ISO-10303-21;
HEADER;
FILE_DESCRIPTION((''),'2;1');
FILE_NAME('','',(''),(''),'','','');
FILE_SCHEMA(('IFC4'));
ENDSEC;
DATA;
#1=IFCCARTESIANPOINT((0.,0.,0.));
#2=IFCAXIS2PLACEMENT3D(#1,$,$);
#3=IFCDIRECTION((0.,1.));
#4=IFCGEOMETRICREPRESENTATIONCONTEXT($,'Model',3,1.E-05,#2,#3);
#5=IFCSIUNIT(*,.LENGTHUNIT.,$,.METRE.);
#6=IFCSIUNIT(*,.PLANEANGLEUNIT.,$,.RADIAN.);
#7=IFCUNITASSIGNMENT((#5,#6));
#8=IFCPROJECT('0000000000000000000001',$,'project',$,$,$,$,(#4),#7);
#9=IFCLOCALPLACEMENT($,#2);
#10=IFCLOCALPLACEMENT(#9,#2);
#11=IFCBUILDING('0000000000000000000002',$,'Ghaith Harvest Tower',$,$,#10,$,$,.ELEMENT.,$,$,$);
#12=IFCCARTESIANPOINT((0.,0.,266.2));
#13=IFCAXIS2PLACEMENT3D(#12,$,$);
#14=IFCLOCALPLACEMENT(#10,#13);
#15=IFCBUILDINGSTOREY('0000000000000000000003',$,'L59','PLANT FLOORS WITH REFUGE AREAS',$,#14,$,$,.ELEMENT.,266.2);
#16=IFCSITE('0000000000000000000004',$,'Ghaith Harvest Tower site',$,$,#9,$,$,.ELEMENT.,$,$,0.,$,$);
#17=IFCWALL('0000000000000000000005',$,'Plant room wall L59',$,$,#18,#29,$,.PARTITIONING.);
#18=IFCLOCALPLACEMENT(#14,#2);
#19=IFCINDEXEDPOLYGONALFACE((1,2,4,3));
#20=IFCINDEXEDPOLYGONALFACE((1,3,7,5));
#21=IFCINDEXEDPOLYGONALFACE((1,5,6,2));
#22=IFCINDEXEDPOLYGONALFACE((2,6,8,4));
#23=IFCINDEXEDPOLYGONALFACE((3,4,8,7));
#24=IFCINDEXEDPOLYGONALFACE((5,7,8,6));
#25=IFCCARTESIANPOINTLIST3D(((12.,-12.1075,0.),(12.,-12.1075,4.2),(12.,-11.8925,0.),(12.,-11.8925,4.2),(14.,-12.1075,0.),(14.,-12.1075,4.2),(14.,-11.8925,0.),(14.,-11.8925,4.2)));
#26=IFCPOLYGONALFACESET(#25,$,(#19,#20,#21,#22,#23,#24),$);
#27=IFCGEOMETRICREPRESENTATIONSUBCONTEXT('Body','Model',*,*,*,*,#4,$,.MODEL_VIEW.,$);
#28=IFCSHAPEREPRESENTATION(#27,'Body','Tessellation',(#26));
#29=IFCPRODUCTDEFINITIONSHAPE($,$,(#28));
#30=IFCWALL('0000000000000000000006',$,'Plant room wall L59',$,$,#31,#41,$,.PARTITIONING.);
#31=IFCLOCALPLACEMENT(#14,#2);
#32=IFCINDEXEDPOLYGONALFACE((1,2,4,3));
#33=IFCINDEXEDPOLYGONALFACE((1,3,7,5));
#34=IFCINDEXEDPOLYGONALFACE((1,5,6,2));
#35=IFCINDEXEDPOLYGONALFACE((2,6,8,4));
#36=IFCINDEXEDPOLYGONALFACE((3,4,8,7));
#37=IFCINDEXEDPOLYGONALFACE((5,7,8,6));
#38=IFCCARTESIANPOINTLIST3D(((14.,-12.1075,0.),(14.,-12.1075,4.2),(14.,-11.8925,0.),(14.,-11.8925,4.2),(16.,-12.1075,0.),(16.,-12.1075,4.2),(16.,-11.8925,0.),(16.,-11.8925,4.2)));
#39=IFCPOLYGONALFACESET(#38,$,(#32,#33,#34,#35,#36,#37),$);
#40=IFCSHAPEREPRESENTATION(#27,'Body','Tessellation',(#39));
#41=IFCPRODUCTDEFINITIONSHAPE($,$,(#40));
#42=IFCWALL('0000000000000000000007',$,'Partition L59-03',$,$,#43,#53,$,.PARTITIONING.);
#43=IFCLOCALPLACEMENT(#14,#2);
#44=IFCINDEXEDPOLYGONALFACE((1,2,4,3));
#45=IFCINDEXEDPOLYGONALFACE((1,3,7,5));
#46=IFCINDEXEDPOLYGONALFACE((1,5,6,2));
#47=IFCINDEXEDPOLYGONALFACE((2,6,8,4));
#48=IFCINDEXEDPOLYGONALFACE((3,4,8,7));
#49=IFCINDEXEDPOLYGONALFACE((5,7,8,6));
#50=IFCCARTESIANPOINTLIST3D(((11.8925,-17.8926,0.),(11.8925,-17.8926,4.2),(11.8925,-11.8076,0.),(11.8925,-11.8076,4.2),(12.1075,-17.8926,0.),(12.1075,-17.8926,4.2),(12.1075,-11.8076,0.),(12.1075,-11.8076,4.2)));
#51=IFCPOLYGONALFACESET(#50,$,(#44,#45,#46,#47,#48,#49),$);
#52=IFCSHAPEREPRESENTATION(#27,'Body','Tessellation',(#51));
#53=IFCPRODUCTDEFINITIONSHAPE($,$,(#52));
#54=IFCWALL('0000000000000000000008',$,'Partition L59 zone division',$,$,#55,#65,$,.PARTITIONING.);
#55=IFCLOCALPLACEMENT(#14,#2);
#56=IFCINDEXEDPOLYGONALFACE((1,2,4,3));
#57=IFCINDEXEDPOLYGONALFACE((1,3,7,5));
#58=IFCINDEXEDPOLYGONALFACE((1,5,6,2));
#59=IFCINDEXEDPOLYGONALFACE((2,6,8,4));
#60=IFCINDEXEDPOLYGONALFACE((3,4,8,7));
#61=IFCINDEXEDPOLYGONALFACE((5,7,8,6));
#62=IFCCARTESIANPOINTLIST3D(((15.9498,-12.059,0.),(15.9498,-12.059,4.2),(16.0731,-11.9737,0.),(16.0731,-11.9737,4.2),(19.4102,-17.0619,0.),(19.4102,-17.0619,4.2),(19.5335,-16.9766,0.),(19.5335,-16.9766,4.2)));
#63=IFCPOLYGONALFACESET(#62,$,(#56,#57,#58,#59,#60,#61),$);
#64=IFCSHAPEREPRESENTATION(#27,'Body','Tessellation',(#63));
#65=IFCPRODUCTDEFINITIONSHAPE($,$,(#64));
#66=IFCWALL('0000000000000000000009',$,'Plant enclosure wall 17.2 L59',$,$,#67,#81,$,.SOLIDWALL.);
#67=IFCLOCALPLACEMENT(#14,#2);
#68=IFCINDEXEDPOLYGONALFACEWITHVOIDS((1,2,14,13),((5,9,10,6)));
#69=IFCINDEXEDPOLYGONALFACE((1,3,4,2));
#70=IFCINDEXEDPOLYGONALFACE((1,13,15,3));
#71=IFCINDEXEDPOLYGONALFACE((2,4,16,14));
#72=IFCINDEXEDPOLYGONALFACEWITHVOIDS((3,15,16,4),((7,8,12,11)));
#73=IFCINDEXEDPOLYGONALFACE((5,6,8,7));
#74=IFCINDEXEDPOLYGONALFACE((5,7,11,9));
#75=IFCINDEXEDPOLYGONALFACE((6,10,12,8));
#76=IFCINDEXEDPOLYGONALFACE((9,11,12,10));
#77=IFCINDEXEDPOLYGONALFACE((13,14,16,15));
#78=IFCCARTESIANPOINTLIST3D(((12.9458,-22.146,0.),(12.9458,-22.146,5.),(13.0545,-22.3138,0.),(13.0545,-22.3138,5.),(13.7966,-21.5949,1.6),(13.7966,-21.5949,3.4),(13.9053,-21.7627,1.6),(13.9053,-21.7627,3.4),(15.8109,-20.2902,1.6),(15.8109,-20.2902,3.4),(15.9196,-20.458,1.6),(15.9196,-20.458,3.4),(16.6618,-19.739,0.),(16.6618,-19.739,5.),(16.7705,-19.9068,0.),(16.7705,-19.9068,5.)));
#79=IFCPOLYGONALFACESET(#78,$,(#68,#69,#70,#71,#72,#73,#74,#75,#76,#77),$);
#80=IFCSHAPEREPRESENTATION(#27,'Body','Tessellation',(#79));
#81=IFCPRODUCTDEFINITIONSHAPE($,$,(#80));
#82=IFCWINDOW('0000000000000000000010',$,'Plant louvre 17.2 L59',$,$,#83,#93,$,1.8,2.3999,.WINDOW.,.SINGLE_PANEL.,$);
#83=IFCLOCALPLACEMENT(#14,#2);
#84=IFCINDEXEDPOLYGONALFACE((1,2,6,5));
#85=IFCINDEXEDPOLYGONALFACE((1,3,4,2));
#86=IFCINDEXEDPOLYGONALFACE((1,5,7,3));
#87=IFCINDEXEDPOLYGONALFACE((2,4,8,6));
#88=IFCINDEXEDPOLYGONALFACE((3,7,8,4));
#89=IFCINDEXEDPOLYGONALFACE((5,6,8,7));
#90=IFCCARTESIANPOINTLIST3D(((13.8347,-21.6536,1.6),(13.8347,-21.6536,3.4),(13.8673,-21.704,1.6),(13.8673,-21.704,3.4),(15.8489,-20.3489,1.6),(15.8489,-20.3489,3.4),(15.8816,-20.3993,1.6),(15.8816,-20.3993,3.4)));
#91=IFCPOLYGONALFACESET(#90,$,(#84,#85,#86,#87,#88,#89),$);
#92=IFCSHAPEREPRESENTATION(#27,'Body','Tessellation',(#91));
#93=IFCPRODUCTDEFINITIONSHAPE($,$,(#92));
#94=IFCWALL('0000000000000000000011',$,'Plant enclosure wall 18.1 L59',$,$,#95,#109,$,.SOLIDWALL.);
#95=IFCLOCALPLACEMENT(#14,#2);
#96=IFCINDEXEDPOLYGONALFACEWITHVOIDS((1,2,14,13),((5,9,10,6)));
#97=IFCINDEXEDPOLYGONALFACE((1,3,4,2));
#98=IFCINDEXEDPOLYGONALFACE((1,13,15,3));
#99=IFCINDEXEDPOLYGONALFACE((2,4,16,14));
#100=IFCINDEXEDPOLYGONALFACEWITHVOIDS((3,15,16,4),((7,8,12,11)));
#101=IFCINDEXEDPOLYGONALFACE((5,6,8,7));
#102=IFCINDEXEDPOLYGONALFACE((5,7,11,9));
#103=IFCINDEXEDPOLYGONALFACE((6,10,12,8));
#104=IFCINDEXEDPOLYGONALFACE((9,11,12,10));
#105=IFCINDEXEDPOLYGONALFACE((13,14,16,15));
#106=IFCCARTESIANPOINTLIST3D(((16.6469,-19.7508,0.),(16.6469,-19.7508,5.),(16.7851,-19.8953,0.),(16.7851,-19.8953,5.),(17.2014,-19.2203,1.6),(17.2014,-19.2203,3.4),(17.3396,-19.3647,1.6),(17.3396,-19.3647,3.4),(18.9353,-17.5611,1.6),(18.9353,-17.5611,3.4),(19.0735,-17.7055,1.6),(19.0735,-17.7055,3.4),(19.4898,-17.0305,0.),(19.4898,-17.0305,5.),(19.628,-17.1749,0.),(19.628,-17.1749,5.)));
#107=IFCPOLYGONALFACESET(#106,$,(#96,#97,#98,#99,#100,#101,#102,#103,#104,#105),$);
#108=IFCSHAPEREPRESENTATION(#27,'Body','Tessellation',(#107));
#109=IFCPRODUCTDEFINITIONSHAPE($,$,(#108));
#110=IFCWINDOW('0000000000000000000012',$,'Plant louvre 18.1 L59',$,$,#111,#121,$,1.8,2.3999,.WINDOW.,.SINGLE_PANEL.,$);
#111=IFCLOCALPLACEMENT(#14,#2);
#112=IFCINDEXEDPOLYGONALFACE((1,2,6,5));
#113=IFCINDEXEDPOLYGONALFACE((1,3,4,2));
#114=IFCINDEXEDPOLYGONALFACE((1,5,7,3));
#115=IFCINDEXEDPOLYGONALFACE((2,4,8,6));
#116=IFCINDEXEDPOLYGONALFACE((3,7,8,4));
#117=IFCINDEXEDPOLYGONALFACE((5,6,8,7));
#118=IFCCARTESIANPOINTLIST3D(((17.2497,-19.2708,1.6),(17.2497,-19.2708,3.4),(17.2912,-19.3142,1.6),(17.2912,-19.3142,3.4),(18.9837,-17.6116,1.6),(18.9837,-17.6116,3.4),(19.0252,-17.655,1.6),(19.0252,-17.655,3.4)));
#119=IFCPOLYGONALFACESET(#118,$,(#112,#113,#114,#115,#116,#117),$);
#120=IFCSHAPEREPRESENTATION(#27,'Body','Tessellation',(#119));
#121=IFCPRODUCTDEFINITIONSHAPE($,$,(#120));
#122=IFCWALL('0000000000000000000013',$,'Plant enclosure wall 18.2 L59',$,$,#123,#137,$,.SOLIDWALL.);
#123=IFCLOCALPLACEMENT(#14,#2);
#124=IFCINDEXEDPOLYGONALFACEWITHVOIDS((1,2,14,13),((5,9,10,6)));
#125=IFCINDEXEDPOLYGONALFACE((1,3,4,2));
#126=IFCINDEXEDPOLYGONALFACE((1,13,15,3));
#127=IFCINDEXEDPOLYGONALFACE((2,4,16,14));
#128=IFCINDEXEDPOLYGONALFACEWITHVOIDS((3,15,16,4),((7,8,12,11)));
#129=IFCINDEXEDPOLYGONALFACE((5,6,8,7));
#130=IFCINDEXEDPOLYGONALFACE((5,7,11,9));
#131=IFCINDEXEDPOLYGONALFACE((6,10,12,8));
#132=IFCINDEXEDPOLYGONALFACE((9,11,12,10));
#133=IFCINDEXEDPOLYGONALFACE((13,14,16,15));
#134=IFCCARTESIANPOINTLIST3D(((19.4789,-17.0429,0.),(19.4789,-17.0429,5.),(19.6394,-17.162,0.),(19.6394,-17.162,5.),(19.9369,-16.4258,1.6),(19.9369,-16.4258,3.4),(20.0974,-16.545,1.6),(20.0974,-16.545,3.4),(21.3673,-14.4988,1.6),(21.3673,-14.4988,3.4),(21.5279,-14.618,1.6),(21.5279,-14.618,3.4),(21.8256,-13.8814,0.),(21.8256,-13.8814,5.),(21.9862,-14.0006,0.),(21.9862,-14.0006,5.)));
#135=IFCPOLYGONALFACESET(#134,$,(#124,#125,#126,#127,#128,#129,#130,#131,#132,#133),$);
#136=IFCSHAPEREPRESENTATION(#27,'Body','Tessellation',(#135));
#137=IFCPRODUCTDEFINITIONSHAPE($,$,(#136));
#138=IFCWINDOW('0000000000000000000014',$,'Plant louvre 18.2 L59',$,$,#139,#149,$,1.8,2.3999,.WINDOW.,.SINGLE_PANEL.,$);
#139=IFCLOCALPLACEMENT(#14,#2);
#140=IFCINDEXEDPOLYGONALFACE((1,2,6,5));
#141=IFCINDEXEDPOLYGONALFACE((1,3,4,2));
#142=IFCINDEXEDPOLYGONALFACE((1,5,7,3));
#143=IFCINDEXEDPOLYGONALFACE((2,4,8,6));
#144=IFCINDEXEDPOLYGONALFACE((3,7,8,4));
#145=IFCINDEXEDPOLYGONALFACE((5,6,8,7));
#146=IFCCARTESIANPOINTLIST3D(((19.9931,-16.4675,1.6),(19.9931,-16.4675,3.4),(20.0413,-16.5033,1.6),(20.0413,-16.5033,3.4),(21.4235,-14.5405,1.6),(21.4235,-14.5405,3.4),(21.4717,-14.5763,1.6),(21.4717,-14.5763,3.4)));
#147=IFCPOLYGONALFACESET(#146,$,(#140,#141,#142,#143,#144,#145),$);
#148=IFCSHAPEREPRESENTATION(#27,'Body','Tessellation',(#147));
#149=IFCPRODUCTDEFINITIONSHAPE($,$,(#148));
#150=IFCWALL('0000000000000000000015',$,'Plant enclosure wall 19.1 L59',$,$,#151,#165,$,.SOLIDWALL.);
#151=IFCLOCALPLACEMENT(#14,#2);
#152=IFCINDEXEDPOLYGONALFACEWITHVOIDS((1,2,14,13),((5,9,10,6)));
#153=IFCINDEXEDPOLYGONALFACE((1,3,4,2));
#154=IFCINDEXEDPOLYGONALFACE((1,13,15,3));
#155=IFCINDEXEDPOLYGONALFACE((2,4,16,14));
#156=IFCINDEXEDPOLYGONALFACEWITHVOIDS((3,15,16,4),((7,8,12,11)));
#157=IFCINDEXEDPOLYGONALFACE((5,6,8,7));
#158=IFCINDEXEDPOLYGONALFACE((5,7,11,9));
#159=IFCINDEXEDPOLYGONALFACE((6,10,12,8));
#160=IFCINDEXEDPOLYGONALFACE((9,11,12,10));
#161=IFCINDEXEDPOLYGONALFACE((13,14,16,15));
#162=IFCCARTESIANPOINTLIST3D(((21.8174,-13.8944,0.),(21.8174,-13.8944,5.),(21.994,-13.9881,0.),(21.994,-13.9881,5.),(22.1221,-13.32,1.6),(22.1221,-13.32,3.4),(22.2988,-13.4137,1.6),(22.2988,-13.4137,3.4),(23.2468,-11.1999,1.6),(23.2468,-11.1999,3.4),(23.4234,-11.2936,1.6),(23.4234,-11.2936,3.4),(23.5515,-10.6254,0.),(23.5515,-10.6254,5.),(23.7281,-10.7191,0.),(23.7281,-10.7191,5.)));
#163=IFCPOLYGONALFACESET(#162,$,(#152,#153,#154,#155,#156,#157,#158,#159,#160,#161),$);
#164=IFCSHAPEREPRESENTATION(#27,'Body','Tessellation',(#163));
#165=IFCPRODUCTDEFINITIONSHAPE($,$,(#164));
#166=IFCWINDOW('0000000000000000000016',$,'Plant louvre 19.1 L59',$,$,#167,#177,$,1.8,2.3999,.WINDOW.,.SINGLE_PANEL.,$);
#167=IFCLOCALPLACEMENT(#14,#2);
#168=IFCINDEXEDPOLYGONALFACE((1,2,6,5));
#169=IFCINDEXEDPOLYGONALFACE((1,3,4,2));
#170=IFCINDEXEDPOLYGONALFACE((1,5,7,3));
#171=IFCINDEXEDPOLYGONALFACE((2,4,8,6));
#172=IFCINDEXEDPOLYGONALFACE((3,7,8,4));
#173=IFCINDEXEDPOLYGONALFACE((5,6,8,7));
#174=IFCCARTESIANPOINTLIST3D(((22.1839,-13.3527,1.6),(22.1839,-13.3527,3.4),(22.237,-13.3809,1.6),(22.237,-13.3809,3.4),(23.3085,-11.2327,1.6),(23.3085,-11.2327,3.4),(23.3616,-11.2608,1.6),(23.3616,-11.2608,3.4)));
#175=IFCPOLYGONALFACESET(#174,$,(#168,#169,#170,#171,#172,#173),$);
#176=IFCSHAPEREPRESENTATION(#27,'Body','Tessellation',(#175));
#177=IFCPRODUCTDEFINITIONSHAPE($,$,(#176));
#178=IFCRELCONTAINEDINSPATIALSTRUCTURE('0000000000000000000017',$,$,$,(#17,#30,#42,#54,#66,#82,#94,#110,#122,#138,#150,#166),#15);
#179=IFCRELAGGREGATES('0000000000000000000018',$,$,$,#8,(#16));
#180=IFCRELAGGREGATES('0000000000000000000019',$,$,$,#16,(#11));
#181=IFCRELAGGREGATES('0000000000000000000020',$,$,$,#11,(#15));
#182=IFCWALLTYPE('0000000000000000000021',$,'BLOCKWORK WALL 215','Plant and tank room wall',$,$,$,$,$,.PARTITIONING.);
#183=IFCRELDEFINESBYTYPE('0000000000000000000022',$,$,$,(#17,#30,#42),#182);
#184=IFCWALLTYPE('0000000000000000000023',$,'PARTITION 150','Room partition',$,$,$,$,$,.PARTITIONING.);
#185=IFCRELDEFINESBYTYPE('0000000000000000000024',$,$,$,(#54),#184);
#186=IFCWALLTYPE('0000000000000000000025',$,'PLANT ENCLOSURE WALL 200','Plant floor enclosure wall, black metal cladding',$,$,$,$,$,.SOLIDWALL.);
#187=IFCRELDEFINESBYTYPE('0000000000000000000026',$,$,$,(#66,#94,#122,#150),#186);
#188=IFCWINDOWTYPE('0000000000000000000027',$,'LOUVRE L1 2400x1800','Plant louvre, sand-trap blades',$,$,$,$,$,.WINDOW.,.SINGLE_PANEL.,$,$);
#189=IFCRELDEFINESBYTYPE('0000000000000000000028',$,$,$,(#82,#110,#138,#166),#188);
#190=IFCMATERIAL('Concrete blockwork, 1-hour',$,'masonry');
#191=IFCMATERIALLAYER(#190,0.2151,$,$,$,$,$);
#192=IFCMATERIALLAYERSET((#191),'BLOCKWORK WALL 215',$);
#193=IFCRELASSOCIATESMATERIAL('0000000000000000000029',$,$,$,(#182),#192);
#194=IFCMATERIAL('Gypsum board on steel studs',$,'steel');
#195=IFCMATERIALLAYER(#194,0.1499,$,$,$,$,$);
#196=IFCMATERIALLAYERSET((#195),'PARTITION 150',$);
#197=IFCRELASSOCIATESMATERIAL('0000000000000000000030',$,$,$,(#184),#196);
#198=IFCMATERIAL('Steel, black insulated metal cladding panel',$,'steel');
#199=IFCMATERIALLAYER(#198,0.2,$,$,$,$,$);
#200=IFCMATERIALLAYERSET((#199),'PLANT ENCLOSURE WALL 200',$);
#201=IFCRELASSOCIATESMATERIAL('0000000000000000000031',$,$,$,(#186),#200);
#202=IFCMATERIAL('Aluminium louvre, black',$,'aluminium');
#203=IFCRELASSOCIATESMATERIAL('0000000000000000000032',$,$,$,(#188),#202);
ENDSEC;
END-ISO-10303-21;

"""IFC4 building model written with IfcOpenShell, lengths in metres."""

from ifc_helpers import new_model, si_unit, direction, frame, frame_2d, origin, place, context, subcontext, project, spatial, rectangle, extrude, material, layer, layer_set, type_object, element, fill, save


model = new_model("IFC4")

# Units and contexts
model_context = context("Model", 3, precision=1e-05, world=origin(), true_north=direction((0.0, 1.0)))
body_context = subcontext(model_context, "Body", "Model", "MODEL_VIEW")
ifc_project = project(units=[si_unit("LENGTHUNIT", "METRE"), si_unit("PLANEANGLEUNIT", "RADIAN")], contexts=[model_context])

# Site, building, storey
site_placement = place(None, origin())
site = spatial("IfcSite", under=ifc_project, at=site_placement, Name="Ghaith Harvest Tower site", CompositionType="ELEMENT", RefElevation=0.0)
building_placement = place(site_placement, origin())
building = spatial("IfcBuilding", under=site, at=building_placement, Name="Ghaith Harvest Tower", CompositionType="ELEMENT")
storey_placement = place(building_placement, frame((0.0, 0.0, 266.2)))
storey = spatial("IfcBuildingStorey", under=building, at=storey_placement, Name="L59", Description="PLANT FLOORS WITH REFUGE AREAS", CompositionType="ELEMENT", Elevation=266.2)

# Walls
ifc_material_1 = material(Name="Concrete blockwork, 1-hour", Category="masonry")
ifc_layer_1 = layer(ifc_material_1, 0.2151)
ifc_layer_set_1 = layer_set([ifc_layer_1], Name="BLOCKWORK WALL 215")
wall_type_1 = type_object("IfcWallType", Name="BLOCKWORK WALL 215", Description="Plant and tank room wall", PredefinedType="PARTITIONING", material=ifc_layer_set_1)
for number, where, z_axis, x_axis, name in (
    (1, (12.0, -12.0, 0.0), (0.0, 0.0, 1.0), (1.0, 0.0, 0.0), "Plant room wall L59"),
    (2, (14.0, -12.0, 0.0), (0.0, 0.0, 1.0), (1.0, 0.0, 0.0), "Plant room wall L59"),
):
    element("IfcWall", number, at=place(storey_placement, frame(where, z_axis=z_axis, x_axis=x_axis)), inside=storey, type_object=wall_type_1, Name=name, PredefinedType="PARTITIONING", context=body_context, shape_type="SweptSolid", body=[
        extrude(rectangle(XDim=2.0, YDim=0.2151, at=frame_2d((1.0, 0.0))), origin(), (0.0, 0.0, 1.0), 4.2),
    ])
wall_1_placement = place(storey_placement, frame((12.0, -17.8926, 0.0), z_axis=(0.0, 0.0, 1.0), x_axis=(0.0, 1.0, 0.0)))
element("IfcWall", 3, at=wall_1_placement, inside=storey, type_object=wall_type_1, Name="Partition L59-03", PredefinedType="PARTITIONING", context=body_context, shape_type="SweptSolid", body=[
    extrude(rectangle(XDim=6.085, YDim=0.2151, at=frame_2d((3.0425, 0.0))), origin(), (0.0, 0.0, 1.0), 4.2),
])
ifc_material_2 = material(Name="Gypsum board on steel studs", Category="steel")
ifc_layer_2 = layer(ifc_material_2, 0.1499)
ifc_layer_set_2 = layer_set([ifc_layer_2], Name="PARTITION 150")
wall_type_2 = type_object("IfcWallType", Name="PARTITION 150", Description="Room partition", PredefinedType="PARTITIONING", material=ifc_layer_set_2)
wall_2_placement = place(storey_placement, frame((16.0115, -12.0164, 0.0), z_axis=(0.0, 0.0, 1.0), x_axis=(0.568863, -0.822432, 0.0)))
element("IfcWall", 4, at=wall_2_placement, inside=storey, type_object=wall_type_2, Name="Partition L59 zone division", PredefinedType="PARTITIONING", context=body_context, shape_type="SweptSolid", body=[
    extrude(rectangle(XDim=6.083, YDim=0.1499, at=frame_2d((3.0415, 0.0))), origin(), (0.0, 0.0, 1.0), 4.2),
])

# Walls, openings, windows
ifc_material_3 = material(Name="Steel, black insulated metal cladding panel", Category="steel")
ifc_layer_3 = layer(ifc_material_3, 0.2)
ifc_layer_set_3 = layer_set([ifc_layer_3], Name="PLANT ENCLOSURE WALL 200")
wall_type_3 = type_object("IfcWallType", Name="PLANT ENCLOSURE WALL 200", Description="Plant floor enclosure wall, black metal cladding", PredefinedType="SOLIDWALL", material=ifc_layer_set_3)
wall_3_placement = place(storey_placement, frame((13.0, -22.23, 0.0), z_axis=(0.0, 0.0, 1.0), x_axis=(0.839316, 0.543644, 0.0)))
wall_3 = element("IfcWall", 5, at=wall_3_placement, inside=storey, type_object=wall_type_3, Name="Plant enclosure wall 17.2 L59", PredefinedType="SOLIDWALL", context=body_context, shape_type="SweptSolid", body=[
    extrude(rectangle(XDim=4.4275, YDim=0.2, at=frame_2d((2.2139, 0.0))), origin(), (0.0, 0.0, 1.0), 5.0),
])
opening_1_placement = place(wall_3_placement, frame((1.0139, 0.0, 1.6001)))
opening_1 = element("IfcOpeningElement", 6, at=opening_1_placement, cuts=wall_3, PredefinedType="OPENING", context=body_context, shape_type="SweptSolid", body=[
    extrude(rectangle(XDim=2.3999, YDim=1.8, at=frame_2d((1.2, 0.8999))), frame((0.0, 0.1099, 0.0), z_axis=(0.0, -1.0, 0.0), x_axis=(1.0, 0.0, 0.0)), (0.0, 0.0, 1.0), 0.22),
])
ifc_material_4 = material(Name="Aluminium louvre, black", Category="aluminium")
window_type = type_object("IfcWindowType", Name="LOUVRE L1 2400x1800", Description="Plant louvre, sand-trap blades", PartitioningType="SINGLE_PANEL", PredefinedType="WINDOW", material=ifc_material_4)
window_1_placement = place(opening_1_placement, origin())
window_1 = element("IfcWindow", 7, at=window_1_placement, inside=storey, type_object=window_type, Name="Plant louvre 17.2 L59", OverallHeight=1.8, OverallWidth=2.3999, PartitioningType="SINGLE_PANEL", PredefinedType="WINDOW", context=body_context, shape_type="SweptSolid", body=[
    extrude(rectangle(XDim=2.3999, YDim=1.8, at=frame_2d((1.2, 0.8999))), frame((0.0, 0.03, 0.0), z_axis=(0.0, -1.0, 0.0), x_axis=(1.0, 0.0, 0.0)), (0.0, 0.0, 1.0), 0.0601),
])
fill(opening_1, window_1)
wall_4_placement = place(storey_placement, frame((16.7161, -19.823, 0.0), z_axis=(0.0, 0.0, 1.0), x_axis=(0.722508, 0.691362, 0.0)))
wall_4 = element("IfcWall", 8, at=wall_4_placement, inside=storey, type_object=wall_type_3, Name="Plant enclosure wall 18.1 L59", PredefinedType="SOLIDWALL", context=body_context, shape_type="SweptSolid", body=[
    extrude(rectangle(XDim=3.9348, YDim=0.2, at=frame_2d((1.9673, 0.0))), origin(), (0.0, 0.0, 1.0), 5.0),
])
opening_2_placement = place(wall_4_placement, frame((0.7673, 0.0, 1.6001)))
opening_2 = element("IfcOpeningElement", 9, at=opening_2_placement, cuts=wall_4, PredefinedType="OPENING", context=body_context, shape_type="SweptSolid", body=[
    extrude(rectangle(XDim=2.3999, YDim=1.8, at=frame_2d((1.2, 0.8999))), frame((0.0, 0.1099, 0.0), z_axis=(0.0, -1.0, 0.0), x_axis=(1.0, 0.0, 0.0)), (0.0, 0.0, 1.0), 0.22),
])
window_2_placement = place(opening_2_placement, origin())
window_2 = element("IfcWindow", 10, at=window_2_placement, inside=storey, type_object=window_type, Name="Plant louvre 18.1 L59", OverallHeight=1.8, OverallWidth=2.3999, PartitioningType="SINGLE_PANEL", PredefinedType="WINDOW", context=body_context, shape_type="SweptSolid", body=[
    extrude(rectangle(XDim=2.3999, YDim=1.8, at=frame_2d((1.2, 0.8999))), frame((0.0, 0.03, 0.0), z_axis=(0.0, -1.0, 0.0), x_axis=(1.0, 0.0, 0.0)), (0.0, 0.0, 1.0), 0.0601),
])
fill(opening_2, window_2)
wall_5_placement = place(storey_placement, frame((19.5591, -17.1025, 0.0), z_axis=(0.0, 0.0, 1.0), x_axis=(0.596034, 0.802959, 0.0)))
wall_5 = element("IfcWall", 11, at=wall_5_placement, inside=storey, type_object=wall_type_3, Name="Plant enclosure wall 18.2 L59", PredefinedType="SOLIDWALL", context=body_context, shape_type="SweptSolid", body=[
    extrude(rectangle(XDim=3.9373, YDim=0.2, at=frame_2d((1.9688, 0.0))), origin(), (0.0, 0.0, 1.0), 5.0),
])
opening_3_placement = place(wall_5_placement, frame((0.7686, 0.0, 1.6001)))
opening_3 = element("IfcOpeningElement", 12, at=opening_3_placement, cuts=wall_5, PredefinedType="OPENING", context=body_context, shape_type="SweptSolid", body=[
    extrude(rectangle(XDim=2.3999, YDim=1.8, at=frame_2d((1.2, 0.8999))), frame((0.0, 0.1099, 0.0), z_axis=(0.0, -1.0, 0.0), x_axis=(1.0, 0.0, 0.0)), (0.0, 0.0, 1.0), 0.22),
])
window_3_placement = place(opening_3_placement, origin())
window_3 = element("IfcWindow", 13, at=window_3_placement, inside=storey, type_object=window_type, Name="Plant louvre 18.2 L59", OverallHeight=1.8, OverallWidth=2.3999, PartitioningType="SINGLE_PANEL", PredefinedType="WINDOW", context=body_context, shape_type="SweptSolid", body=[
    extrude(rectangle(XDim=2.3999, YDim=1.8, at=frame_2d((1.2, 0.8999))), frame((0.0, 0.03, 0.0), z_axis=(0.0, -1.0, 0.0), x_axis=(1.0, 0.0, 0.0)), (0.0, 0.0, 1.0), 0.0601),
])
fill(opening_3, window_3)
wall_6_placement = place(storey_placement, frame((21.9058, -13.9412, 0.0), z_axis=(0.0, 0.0, 1.0), x_axis=(0.468618, 0.883401, 0.0)))
wall_6 = element("IfcWall", 14, at=wall_6_placement, inside=storey, type_object=wall_type_3, Name="Plant enclosure wall 19.1 L59", PredefinedType="SOLIDWALL", context=body_context, shape_type="SweptSolid", body=[
    extrude(rectangle(XDim=3.7004, YDim=0.2, at=frame_2d((1.8501, 0.0))), origin(), (0.0, 0.0, 1.0), 5.0),
])
opening_4_placement = place(wall_6_placement, frame((0.6501, 0.0, 1.6001)))
opening_4 = element("IfcOpeningElement", 15, at=opening_4_placement, cuts=wall_6, PredefinedType="OPENING", context=body_context, shape_type="SweptSolid", body=[
    extrude(rectangle(XDim=2.3999, YDim=1.8, at=frame_2d((1.2, 0.8999))), frame((0.0, 0.1099, 0.0), z_axis=(0.0, -1.0, 0.0), x_axis=(1.0, 0.0, 0.0)), (0.0, 0.0, 1.0), 0.22),
])
window_4_placement = place(opening_4_placement, origin())
window_4 = element("IfcWindow", 16, at=window_4_placement, inside=storey, type_object=window_type, Name="Plant louvre 19.1 L59", OverallHeight=1.8, OverallWidth=2.3999, PartitioningType="SINGLE_PANEL", PredefinedType="WINDOW", context=body_context, shape_type="SweptSolid", body=[
    extrude(rectangle(XDim=2.3999, YDim=1.8, at=frame_2d((1.2, 0.8999))), frame((0.0, 0.03, 0.0), z_axis=(0.0, -1.0, 0.0), x_axis=(1.0, 0.0, 0.0)), (0.0, 0.0, 1.0), 0.0601),
])
fill(opening_4, window_4)

save(model, "model.ifc")
